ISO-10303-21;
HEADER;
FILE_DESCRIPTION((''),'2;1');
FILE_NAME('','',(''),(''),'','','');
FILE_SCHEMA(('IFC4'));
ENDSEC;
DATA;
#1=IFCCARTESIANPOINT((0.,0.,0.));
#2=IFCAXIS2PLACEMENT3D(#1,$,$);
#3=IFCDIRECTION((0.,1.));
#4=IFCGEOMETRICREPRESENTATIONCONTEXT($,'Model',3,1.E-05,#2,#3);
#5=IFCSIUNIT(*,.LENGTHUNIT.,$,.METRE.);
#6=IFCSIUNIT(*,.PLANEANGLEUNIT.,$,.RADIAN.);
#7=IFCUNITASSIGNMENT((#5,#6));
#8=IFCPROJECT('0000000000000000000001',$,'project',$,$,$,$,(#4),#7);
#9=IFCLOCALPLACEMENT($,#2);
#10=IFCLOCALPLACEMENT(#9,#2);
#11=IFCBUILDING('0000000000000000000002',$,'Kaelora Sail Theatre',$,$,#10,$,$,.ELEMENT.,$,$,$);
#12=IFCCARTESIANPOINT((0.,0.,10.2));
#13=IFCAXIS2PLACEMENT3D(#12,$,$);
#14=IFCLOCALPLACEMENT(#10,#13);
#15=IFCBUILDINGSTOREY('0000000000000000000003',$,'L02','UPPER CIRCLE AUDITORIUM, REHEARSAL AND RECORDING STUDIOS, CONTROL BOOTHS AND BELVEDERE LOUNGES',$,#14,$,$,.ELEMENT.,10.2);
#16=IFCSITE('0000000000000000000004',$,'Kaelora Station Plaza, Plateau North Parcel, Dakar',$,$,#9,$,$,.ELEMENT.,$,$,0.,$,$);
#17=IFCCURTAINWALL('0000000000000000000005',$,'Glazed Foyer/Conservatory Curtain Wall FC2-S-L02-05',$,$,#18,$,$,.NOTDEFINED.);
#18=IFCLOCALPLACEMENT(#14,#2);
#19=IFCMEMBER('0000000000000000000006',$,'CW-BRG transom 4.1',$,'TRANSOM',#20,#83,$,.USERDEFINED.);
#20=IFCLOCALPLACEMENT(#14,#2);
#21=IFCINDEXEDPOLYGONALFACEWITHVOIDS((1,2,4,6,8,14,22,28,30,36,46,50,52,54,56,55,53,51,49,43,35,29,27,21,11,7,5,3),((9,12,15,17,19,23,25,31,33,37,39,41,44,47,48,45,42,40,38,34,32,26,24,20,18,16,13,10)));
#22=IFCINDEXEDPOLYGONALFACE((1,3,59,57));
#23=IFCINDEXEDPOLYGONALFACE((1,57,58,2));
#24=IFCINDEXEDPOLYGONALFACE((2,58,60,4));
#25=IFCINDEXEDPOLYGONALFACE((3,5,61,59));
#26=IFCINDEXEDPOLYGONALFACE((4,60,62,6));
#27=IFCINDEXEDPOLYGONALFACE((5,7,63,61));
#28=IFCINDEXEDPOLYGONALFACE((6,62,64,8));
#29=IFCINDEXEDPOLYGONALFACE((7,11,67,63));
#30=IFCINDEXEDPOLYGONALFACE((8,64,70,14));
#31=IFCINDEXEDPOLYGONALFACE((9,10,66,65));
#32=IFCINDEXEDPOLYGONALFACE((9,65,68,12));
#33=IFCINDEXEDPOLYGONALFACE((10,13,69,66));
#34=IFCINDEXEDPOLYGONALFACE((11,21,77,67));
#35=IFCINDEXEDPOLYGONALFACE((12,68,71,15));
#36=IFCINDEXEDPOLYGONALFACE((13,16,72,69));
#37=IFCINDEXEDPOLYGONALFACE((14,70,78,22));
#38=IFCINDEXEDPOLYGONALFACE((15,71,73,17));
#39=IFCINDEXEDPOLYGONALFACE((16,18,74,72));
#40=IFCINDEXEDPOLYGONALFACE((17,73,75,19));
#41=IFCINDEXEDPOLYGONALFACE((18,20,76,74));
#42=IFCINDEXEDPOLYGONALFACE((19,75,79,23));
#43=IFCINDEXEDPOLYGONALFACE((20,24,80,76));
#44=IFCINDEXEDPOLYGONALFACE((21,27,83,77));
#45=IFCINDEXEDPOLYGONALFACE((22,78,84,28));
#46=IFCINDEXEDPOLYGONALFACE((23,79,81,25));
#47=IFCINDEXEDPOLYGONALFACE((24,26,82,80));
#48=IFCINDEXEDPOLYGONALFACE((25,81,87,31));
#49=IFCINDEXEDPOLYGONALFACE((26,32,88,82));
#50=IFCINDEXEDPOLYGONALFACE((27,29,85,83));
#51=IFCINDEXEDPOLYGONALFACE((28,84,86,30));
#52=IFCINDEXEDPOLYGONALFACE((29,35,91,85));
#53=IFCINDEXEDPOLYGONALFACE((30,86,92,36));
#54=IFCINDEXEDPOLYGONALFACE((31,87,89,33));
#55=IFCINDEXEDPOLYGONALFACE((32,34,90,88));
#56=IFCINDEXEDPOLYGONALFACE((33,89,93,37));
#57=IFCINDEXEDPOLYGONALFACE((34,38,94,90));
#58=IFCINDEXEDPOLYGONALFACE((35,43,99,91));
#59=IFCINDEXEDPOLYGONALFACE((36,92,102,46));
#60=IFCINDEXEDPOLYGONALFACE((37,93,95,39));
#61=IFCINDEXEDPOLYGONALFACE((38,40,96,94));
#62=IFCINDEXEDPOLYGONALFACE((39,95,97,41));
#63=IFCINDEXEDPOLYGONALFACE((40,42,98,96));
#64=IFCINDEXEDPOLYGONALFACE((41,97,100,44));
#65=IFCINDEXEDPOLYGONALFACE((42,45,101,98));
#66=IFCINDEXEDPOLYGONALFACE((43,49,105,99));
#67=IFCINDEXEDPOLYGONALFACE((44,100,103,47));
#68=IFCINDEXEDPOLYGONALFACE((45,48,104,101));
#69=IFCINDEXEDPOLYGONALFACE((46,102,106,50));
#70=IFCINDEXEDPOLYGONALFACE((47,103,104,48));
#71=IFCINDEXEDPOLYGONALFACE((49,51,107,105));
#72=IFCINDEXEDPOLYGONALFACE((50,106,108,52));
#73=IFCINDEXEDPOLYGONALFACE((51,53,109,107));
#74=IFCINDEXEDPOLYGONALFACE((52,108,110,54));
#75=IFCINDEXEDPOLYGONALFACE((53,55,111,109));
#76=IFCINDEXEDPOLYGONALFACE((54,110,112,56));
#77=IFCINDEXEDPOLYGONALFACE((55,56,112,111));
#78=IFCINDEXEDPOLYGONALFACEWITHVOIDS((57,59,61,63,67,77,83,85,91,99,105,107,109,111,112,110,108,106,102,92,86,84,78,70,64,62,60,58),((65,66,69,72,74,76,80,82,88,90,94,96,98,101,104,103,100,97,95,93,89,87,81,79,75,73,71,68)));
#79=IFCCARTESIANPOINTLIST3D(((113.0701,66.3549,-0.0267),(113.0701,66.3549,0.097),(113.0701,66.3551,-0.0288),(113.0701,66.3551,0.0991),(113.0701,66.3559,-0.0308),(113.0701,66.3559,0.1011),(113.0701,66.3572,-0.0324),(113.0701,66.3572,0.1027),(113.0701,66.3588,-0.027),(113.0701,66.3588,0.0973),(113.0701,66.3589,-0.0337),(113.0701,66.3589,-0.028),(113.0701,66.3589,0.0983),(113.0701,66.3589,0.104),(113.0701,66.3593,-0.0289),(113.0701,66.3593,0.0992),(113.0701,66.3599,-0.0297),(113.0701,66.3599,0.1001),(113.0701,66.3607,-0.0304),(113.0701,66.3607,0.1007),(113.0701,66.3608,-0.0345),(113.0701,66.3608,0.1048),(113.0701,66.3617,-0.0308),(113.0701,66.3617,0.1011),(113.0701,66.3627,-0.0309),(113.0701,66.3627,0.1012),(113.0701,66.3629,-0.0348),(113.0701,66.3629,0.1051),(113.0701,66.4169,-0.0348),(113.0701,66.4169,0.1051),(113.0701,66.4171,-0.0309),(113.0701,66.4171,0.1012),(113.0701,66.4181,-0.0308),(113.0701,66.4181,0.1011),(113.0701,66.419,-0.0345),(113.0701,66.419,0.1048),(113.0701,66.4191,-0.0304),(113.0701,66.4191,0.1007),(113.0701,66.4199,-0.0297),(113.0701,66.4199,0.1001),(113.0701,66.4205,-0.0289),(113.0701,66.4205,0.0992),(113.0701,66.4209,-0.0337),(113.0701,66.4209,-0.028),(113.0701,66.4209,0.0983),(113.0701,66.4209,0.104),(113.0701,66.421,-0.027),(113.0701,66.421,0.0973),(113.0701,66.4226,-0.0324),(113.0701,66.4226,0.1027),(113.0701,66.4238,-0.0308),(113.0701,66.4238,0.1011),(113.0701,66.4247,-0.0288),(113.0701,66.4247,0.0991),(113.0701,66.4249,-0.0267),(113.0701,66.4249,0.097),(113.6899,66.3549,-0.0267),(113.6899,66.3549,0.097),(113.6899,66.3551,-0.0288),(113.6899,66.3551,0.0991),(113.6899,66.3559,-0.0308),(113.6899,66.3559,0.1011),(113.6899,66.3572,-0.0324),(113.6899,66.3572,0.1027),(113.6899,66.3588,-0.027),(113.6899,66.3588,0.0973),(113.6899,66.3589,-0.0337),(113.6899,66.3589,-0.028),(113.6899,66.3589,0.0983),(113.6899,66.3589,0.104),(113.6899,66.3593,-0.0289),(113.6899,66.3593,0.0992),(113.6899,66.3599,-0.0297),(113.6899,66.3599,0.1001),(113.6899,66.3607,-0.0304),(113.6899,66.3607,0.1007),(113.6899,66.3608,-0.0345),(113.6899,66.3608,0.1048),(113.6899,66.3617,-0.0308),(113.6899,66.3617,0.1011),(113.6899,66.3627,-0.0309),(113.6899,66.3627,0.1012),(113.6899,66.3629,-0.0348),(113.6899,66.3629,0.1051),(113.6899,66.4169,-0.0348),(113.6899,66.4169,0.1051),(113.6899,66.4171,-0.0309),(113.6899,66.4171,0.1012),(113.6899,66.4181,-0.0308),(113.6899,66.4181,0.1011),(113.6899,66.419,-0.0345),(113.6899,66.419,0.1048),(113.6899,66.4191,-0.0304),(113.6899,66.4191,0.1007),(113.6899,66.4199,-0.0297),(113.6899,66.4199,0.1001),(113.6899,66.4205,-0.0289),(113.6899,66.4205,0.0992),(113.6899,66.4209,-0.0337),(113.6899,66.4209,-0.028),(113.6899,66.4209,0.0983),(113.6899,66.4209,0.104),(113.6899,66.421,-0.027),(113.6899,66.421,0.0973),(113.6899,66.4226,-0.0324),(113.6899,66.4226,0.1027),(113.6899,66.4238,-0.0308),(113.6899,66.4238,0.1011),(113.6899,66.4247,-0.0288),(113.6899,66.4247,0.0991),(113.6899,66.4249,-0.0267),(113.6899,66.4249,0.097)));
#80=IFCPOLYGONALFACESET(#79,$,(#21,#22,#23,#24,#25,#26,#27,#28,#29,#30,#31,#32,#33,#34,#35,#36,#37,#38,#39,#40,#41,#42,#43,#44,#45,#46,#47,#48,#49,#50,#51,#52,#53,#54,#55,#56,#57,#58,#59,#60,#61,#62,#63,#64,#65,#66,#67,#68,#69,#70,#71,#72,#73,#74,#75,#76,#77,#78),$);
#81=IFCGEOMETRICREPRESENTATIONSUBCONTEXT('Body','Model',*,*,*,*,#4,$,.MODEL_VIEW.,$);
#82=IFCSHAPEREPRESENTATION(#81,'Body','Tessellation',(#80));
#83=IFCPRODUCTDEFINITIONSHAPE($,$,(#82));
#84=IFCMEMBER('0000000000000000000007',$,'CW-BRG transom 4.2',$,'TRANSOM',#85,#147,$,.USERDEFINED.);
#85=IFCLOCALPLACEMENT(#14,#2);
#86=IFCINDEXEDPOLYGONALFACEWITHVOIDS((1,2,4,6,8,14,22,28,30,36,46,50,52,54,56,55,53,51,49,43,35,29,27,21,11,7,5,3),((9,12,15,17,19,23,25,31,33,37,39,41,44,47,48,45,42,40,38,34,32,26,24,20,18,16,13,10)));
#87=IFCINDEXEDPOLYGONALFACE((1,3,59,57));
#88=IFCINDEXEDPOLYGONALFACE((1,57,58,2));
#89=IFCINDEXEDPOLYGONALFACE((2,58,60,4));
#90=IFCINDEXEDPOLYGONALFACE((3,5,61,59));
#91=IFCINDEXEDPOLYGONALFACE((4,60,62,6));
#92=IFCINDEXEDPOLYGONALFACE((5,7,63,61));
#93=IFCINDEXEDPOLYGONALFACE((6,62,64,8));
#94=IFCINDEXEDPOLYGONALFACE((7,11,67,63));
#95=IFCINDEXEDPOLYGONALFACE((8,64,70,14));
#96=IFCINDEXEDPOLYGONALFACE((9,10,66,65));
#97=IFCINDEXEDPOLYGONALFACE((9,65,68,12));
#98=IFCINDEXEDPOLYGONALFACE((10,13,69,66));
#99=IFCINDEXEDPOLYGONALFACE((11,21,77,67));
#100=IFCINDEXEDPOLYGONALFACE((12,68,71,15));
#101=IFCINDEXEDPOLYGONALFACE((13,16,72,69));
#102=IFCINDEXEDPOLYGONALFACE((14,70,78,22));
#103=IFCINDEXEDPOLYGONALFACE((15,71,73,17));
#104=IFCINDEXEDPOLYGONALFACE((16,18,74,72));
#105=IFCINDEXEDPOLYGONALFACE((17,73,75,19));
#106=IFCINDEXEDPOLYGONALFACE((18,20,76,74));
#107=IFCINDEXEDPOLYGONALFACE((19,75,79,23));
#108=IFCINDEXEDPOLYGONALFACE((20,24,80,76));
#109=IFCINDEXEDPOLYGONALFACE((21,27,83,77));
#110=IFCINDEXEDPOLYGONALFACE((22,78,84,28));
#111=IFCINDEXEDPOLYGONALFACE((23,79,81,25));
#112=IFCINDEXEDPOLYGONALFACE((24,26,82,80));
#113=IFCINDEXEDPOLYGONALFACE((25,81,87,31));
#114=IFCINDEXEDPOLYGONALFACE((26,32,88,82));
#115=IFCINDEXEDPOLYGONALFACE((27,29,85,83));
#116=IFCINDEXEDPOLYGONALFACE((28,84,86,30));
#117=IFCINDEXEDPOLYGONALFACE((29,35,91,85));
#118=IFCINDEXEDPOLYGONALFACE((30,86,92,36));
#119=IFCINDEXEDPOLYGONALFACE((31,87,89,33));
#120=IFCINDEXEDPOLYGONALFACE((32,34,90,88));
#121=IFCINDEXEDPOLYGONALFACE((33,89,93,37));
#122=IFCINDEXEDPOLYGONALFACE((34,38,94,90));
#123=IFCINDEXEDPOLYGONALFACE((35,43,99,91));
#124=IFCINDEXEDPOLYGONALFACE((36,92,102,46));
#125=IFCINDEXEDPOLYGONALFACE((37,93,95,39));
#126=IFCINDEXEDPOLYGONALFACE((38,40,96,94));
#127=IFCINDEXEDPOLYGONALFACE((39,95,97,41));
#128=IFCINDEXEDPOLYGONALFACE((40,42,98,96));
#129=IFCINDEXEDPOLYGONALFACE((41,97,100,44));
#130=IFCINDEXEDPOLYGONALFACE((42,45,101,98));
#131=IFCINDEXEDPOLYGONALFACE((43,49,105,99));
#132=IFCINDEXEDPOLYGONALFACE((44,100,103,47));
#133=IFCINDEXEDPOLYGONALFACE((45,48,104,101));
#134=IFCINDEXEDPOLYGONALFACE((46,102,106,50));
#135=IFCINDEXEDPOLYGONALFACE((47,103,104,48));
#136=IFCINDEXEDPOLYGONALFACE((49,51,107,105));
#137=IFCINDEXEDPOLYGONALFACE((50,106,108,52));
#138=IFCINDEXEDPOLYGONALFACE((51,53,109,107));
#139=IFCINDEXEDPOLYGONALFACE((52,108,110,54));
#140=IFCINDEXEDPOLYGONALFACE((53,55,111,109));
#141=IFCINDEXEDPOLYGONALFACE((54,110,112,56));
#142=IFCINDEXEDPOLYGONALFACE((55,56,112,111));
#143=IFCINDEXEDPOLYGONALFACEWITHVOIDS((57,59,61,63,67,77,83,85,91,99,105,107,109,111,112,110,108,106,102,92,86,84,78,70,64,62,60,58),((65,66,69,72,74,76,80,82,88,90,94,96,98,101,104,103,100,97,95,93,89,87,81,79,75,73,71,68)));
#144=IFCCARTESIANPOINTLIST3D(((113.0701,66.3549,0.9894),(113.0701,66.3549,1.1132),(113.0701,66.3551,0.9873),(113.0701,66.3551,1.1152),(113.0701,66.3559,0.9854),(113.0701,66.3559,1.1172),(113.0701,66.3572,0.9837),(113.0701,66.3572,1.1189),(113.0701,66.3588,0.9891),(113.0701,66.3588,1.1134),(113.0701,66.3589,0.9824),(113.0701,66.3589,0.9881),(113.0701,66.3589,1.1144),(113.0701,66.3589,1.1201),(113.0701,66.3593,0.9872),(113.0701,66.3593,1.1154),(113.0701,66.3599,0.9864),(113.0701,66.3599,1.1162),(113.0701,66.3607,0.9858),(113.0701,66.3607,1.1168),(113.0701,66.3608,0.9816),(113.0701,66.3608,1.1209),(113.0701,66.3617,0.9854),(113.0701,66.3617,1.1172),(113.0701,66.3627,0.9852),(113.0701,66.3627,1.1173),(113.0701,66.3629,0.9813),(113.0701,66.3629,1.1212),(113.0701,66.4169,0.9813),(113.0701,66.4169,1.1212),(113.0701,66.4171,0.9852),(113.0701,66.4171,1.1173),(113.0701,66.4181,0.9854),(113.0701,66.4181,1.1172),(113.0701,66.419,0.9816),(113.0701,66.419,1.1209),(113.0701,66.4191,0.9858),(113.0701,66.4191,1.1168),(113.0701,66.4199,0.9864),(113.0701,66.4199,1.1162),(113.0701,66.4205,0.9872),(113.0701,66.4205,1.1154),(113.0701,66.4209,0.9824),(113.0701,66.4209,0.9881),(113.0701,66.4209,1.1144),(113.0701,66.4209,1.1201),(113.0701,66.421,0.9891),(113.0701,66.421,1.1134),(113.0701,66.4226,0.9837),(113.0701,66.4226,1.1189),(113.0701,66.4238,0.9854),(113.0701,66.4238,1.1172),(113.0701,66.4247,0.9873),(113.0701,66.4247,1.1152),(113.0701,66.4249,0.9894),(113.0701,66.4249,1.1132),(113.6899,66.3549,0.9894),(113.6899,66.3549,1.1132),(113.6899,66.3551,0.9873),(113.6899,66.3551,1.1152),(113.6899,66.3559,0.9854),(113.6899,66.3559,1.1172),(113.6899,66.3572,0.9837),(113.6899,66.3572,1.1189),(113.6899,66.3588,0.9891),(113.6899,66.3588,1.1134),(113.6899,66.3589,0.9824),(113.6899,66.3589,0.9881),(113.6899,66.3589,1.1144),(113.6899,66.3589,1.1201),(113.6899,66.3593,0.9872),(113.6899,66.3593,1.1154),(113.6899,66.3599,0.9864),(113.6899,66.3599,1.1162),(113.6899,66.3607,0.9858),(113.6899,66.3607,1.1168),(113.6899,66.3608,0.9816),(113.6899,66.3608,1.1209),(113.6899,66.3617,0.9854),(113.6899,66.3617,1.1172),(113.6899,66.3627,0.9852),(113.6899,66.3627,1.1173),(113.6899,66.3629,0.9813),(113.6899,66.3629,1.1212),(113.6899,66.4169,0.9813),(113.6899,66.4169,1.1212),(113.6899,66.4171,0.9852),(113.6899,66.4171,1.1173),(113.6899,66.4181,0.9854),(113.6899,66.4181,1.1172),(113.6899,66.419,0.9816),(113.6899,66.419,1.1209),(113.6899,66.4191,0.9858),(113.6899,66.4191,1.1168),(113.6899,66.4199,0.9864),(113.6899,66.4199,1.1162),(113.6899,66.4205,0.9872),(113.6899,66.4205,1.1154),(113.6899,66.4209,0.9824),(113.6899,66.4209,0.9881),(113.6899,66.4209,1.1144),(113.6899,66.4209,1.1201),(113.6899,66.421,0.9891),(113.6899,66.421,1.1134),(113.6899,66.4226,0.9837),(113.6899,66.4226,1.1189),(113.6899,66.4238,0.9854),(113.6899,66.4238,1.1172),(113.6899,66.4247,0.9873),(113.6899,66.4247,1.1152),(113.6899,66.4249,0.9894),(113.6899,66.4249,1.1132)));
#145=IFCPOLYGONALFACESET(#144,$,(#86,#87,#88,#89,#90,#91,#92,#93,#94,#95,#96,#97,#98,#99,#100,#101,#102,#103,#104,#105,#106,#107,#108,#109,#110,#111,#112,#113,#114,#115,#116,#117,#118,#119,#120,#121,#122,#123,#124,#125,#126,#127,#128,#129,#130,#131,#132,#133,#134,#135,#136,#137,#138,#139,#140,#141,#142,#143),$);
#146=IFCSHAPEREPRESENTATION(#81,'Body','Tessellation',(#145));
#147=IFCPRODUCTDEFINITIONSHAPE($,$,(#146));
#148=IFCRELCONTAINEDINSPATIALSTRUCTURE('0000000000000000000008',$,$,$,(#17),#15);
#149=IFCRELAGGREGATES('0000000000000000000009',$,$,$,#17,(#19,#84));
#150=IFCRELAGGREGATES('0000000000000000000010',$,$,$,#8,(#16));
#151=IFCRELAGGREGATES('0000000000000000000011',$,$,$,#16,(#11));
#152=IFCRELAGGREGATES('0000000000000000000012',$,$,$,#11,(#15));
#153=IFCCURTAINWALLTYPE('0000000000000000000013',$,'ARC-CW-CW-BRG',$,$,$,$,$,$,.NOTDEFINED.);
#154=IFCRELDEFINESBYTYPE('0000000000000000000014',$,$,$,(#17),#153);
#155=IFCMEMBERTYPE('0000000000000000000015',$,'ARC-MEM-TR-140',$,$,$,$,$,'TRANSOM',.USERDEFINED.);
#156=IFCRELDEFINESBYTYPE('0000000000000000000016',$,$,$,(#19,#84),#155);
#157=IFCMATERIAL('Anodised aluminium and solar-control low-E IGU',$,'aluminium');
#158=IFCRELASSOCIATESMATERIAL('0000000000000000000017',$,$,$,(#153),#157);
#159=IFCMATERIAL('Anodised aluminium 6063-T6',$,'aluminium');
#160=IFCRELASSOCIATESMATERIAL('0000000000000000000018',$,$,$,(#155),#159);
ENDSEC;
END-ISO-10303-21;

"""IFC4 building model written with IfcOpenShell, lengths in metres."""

from ifc_helpers import new_model, si_unit, direction, frame, origin, origin_2d, place, context, subcontext, project, spatial, hollow_rectangle, extrude, material, material_profile, profile_set, type_object, element, aggregate, save


model = new_model("IFC4")

# Units and contexts
model_context = context("Model", 3, precision=1e-05, world=origin(), true_north=direction((0.0, 1.0)))
body_context = subcontext(model_context, "Body", "Model", "MODEL_VIEW")
ifc_project = project(units=[si_unit("LENGTHUNIT", "METRE"), si_unit("PLANEANGLEUNIT", "RADIAN")], contexts=[model_context])

# Site, building, storey
site_placement = place(None, origin())
site = spatial("IfcSite", under=ifc_project, at=site_placement, Name="Kaelora Station Plaza, Plateau North Parcel, Dakar", CompositionType="ELEMENT", RefElevation=0.0)
building_placement = place(site_placement, origin())
building = spatial("IfcBuilding", under=site, at=building_placement, Name="Kaelora Sail Theatre", CompositionType="ELEMENT")
storey_placement = place(building_placement, frame((0.0, 0.0, 10.2)))
storey = spatial("IfcBuildingStorey", under=building, at=storey_placement, Name="L02", Description="UPPER CIRCLE AUDITORIUM, REHEARSAL AND RECORDING STUDIOS, CONTROL BOOTHS AND BELVEDERE LOUNGES", CompositionType="ELEMENT", Elevation=10.2)

# Curtain wall, members
ifc_material_1 = material(Name="Anodised aluminium and solar-control low-E IGU", Category="aluminium")
curtain_wall_type = type_object("IfcCurtainWallType", Name="ARC-CW-CW-BRG", PredefinedType="NOTDEFINED", material=ifc_material_1)
curtain_wall_placement = place(storey_placement, origin())
curtain_wall = element("IfcCurtainWall", 1, at=curtain_wall_placement, inside=storey, type_object=curtain_wall_type, Name="Glazed Foyer/Conservatory Curtain Wall FC2-S-L02-05", PredefinedType="NOTDEFINED")
ifc_material_2 = material(Name="Anodised aluminium 6063-T6", Category="aluminium")
ifc_material_profile_1 = material_profile(ifc_material_2, hollow_rectangle(XDim=0.0701, YDim=0.1399, WallThickness=0.0039, InnerFilletRadius=0.0039, OuterFilletRadius=0.0081, at=origin_2d()), Name="ALU-TRAN 70x140x4")
ifc_profile_set_1 = profile_set([ifc_material_profile_1], Name="Anodised aluminium 6063-T6")
member_type_1 = type_object("IfcMemberType", Name="ARC-MEM-TR-140", ElementType="TRANSOM", PredefinedType="USERDEFINED", material=ifc_profile_set_1)
member_1_placement = place(storey_placement, frame((113.0701, 66.3899, 0.0352), z_axis=(1.0, 0.0, 0.0), x_axis=(0.0, 1.0, 0.0)))
member_1 = element("IfcMember", 2, at=member_1_placement, type_object=member_type_1, Name="CW-BRG transom 4.1", ObjectType="TRANSOM", PredefinedType="USERDEFINED", context=body_context, shape_type="SweptSolid", body=[
    extrude(hollow_rectangle(XDim=0.0701, YDim=0.1399, WallThickness=0.0039, InnerFilletRadius=0.0039, OuterFilletRadius=0.0081, at=origin_2d()), origin(), (0.0, 0.0, 1.0), 0.6199),
])
member_2_placement = place(storey_placement, frame((113.0701, 66.3899, 1.0513), z_axis=(1.0, 0.0, 0.0), x_axis=(0.0, 1.0, 0.0)))
member_2 = element("IfcMember", 3, at=member_2_placement, type_object=member_type_1, Name="CW-BRG transom 4.2", ObjectType="TRANSOM", PredefinedType="USERDEFINED", context=body_context, shape_type="SweptSolid", body=[
    extrude(hollow_rectangle(XDim=0.0701, YDim=0.1399, WallThickness=0.0039, InnerFilletRadius=0.0039, OuterFilletRadius=0.0081, at=origin_2d()), origin(), (0.0, 0.0, 1.0), 0.6199),
])
aggregate(curtain_wall, [member_1, member_2])

save(model, "model.ifc")
